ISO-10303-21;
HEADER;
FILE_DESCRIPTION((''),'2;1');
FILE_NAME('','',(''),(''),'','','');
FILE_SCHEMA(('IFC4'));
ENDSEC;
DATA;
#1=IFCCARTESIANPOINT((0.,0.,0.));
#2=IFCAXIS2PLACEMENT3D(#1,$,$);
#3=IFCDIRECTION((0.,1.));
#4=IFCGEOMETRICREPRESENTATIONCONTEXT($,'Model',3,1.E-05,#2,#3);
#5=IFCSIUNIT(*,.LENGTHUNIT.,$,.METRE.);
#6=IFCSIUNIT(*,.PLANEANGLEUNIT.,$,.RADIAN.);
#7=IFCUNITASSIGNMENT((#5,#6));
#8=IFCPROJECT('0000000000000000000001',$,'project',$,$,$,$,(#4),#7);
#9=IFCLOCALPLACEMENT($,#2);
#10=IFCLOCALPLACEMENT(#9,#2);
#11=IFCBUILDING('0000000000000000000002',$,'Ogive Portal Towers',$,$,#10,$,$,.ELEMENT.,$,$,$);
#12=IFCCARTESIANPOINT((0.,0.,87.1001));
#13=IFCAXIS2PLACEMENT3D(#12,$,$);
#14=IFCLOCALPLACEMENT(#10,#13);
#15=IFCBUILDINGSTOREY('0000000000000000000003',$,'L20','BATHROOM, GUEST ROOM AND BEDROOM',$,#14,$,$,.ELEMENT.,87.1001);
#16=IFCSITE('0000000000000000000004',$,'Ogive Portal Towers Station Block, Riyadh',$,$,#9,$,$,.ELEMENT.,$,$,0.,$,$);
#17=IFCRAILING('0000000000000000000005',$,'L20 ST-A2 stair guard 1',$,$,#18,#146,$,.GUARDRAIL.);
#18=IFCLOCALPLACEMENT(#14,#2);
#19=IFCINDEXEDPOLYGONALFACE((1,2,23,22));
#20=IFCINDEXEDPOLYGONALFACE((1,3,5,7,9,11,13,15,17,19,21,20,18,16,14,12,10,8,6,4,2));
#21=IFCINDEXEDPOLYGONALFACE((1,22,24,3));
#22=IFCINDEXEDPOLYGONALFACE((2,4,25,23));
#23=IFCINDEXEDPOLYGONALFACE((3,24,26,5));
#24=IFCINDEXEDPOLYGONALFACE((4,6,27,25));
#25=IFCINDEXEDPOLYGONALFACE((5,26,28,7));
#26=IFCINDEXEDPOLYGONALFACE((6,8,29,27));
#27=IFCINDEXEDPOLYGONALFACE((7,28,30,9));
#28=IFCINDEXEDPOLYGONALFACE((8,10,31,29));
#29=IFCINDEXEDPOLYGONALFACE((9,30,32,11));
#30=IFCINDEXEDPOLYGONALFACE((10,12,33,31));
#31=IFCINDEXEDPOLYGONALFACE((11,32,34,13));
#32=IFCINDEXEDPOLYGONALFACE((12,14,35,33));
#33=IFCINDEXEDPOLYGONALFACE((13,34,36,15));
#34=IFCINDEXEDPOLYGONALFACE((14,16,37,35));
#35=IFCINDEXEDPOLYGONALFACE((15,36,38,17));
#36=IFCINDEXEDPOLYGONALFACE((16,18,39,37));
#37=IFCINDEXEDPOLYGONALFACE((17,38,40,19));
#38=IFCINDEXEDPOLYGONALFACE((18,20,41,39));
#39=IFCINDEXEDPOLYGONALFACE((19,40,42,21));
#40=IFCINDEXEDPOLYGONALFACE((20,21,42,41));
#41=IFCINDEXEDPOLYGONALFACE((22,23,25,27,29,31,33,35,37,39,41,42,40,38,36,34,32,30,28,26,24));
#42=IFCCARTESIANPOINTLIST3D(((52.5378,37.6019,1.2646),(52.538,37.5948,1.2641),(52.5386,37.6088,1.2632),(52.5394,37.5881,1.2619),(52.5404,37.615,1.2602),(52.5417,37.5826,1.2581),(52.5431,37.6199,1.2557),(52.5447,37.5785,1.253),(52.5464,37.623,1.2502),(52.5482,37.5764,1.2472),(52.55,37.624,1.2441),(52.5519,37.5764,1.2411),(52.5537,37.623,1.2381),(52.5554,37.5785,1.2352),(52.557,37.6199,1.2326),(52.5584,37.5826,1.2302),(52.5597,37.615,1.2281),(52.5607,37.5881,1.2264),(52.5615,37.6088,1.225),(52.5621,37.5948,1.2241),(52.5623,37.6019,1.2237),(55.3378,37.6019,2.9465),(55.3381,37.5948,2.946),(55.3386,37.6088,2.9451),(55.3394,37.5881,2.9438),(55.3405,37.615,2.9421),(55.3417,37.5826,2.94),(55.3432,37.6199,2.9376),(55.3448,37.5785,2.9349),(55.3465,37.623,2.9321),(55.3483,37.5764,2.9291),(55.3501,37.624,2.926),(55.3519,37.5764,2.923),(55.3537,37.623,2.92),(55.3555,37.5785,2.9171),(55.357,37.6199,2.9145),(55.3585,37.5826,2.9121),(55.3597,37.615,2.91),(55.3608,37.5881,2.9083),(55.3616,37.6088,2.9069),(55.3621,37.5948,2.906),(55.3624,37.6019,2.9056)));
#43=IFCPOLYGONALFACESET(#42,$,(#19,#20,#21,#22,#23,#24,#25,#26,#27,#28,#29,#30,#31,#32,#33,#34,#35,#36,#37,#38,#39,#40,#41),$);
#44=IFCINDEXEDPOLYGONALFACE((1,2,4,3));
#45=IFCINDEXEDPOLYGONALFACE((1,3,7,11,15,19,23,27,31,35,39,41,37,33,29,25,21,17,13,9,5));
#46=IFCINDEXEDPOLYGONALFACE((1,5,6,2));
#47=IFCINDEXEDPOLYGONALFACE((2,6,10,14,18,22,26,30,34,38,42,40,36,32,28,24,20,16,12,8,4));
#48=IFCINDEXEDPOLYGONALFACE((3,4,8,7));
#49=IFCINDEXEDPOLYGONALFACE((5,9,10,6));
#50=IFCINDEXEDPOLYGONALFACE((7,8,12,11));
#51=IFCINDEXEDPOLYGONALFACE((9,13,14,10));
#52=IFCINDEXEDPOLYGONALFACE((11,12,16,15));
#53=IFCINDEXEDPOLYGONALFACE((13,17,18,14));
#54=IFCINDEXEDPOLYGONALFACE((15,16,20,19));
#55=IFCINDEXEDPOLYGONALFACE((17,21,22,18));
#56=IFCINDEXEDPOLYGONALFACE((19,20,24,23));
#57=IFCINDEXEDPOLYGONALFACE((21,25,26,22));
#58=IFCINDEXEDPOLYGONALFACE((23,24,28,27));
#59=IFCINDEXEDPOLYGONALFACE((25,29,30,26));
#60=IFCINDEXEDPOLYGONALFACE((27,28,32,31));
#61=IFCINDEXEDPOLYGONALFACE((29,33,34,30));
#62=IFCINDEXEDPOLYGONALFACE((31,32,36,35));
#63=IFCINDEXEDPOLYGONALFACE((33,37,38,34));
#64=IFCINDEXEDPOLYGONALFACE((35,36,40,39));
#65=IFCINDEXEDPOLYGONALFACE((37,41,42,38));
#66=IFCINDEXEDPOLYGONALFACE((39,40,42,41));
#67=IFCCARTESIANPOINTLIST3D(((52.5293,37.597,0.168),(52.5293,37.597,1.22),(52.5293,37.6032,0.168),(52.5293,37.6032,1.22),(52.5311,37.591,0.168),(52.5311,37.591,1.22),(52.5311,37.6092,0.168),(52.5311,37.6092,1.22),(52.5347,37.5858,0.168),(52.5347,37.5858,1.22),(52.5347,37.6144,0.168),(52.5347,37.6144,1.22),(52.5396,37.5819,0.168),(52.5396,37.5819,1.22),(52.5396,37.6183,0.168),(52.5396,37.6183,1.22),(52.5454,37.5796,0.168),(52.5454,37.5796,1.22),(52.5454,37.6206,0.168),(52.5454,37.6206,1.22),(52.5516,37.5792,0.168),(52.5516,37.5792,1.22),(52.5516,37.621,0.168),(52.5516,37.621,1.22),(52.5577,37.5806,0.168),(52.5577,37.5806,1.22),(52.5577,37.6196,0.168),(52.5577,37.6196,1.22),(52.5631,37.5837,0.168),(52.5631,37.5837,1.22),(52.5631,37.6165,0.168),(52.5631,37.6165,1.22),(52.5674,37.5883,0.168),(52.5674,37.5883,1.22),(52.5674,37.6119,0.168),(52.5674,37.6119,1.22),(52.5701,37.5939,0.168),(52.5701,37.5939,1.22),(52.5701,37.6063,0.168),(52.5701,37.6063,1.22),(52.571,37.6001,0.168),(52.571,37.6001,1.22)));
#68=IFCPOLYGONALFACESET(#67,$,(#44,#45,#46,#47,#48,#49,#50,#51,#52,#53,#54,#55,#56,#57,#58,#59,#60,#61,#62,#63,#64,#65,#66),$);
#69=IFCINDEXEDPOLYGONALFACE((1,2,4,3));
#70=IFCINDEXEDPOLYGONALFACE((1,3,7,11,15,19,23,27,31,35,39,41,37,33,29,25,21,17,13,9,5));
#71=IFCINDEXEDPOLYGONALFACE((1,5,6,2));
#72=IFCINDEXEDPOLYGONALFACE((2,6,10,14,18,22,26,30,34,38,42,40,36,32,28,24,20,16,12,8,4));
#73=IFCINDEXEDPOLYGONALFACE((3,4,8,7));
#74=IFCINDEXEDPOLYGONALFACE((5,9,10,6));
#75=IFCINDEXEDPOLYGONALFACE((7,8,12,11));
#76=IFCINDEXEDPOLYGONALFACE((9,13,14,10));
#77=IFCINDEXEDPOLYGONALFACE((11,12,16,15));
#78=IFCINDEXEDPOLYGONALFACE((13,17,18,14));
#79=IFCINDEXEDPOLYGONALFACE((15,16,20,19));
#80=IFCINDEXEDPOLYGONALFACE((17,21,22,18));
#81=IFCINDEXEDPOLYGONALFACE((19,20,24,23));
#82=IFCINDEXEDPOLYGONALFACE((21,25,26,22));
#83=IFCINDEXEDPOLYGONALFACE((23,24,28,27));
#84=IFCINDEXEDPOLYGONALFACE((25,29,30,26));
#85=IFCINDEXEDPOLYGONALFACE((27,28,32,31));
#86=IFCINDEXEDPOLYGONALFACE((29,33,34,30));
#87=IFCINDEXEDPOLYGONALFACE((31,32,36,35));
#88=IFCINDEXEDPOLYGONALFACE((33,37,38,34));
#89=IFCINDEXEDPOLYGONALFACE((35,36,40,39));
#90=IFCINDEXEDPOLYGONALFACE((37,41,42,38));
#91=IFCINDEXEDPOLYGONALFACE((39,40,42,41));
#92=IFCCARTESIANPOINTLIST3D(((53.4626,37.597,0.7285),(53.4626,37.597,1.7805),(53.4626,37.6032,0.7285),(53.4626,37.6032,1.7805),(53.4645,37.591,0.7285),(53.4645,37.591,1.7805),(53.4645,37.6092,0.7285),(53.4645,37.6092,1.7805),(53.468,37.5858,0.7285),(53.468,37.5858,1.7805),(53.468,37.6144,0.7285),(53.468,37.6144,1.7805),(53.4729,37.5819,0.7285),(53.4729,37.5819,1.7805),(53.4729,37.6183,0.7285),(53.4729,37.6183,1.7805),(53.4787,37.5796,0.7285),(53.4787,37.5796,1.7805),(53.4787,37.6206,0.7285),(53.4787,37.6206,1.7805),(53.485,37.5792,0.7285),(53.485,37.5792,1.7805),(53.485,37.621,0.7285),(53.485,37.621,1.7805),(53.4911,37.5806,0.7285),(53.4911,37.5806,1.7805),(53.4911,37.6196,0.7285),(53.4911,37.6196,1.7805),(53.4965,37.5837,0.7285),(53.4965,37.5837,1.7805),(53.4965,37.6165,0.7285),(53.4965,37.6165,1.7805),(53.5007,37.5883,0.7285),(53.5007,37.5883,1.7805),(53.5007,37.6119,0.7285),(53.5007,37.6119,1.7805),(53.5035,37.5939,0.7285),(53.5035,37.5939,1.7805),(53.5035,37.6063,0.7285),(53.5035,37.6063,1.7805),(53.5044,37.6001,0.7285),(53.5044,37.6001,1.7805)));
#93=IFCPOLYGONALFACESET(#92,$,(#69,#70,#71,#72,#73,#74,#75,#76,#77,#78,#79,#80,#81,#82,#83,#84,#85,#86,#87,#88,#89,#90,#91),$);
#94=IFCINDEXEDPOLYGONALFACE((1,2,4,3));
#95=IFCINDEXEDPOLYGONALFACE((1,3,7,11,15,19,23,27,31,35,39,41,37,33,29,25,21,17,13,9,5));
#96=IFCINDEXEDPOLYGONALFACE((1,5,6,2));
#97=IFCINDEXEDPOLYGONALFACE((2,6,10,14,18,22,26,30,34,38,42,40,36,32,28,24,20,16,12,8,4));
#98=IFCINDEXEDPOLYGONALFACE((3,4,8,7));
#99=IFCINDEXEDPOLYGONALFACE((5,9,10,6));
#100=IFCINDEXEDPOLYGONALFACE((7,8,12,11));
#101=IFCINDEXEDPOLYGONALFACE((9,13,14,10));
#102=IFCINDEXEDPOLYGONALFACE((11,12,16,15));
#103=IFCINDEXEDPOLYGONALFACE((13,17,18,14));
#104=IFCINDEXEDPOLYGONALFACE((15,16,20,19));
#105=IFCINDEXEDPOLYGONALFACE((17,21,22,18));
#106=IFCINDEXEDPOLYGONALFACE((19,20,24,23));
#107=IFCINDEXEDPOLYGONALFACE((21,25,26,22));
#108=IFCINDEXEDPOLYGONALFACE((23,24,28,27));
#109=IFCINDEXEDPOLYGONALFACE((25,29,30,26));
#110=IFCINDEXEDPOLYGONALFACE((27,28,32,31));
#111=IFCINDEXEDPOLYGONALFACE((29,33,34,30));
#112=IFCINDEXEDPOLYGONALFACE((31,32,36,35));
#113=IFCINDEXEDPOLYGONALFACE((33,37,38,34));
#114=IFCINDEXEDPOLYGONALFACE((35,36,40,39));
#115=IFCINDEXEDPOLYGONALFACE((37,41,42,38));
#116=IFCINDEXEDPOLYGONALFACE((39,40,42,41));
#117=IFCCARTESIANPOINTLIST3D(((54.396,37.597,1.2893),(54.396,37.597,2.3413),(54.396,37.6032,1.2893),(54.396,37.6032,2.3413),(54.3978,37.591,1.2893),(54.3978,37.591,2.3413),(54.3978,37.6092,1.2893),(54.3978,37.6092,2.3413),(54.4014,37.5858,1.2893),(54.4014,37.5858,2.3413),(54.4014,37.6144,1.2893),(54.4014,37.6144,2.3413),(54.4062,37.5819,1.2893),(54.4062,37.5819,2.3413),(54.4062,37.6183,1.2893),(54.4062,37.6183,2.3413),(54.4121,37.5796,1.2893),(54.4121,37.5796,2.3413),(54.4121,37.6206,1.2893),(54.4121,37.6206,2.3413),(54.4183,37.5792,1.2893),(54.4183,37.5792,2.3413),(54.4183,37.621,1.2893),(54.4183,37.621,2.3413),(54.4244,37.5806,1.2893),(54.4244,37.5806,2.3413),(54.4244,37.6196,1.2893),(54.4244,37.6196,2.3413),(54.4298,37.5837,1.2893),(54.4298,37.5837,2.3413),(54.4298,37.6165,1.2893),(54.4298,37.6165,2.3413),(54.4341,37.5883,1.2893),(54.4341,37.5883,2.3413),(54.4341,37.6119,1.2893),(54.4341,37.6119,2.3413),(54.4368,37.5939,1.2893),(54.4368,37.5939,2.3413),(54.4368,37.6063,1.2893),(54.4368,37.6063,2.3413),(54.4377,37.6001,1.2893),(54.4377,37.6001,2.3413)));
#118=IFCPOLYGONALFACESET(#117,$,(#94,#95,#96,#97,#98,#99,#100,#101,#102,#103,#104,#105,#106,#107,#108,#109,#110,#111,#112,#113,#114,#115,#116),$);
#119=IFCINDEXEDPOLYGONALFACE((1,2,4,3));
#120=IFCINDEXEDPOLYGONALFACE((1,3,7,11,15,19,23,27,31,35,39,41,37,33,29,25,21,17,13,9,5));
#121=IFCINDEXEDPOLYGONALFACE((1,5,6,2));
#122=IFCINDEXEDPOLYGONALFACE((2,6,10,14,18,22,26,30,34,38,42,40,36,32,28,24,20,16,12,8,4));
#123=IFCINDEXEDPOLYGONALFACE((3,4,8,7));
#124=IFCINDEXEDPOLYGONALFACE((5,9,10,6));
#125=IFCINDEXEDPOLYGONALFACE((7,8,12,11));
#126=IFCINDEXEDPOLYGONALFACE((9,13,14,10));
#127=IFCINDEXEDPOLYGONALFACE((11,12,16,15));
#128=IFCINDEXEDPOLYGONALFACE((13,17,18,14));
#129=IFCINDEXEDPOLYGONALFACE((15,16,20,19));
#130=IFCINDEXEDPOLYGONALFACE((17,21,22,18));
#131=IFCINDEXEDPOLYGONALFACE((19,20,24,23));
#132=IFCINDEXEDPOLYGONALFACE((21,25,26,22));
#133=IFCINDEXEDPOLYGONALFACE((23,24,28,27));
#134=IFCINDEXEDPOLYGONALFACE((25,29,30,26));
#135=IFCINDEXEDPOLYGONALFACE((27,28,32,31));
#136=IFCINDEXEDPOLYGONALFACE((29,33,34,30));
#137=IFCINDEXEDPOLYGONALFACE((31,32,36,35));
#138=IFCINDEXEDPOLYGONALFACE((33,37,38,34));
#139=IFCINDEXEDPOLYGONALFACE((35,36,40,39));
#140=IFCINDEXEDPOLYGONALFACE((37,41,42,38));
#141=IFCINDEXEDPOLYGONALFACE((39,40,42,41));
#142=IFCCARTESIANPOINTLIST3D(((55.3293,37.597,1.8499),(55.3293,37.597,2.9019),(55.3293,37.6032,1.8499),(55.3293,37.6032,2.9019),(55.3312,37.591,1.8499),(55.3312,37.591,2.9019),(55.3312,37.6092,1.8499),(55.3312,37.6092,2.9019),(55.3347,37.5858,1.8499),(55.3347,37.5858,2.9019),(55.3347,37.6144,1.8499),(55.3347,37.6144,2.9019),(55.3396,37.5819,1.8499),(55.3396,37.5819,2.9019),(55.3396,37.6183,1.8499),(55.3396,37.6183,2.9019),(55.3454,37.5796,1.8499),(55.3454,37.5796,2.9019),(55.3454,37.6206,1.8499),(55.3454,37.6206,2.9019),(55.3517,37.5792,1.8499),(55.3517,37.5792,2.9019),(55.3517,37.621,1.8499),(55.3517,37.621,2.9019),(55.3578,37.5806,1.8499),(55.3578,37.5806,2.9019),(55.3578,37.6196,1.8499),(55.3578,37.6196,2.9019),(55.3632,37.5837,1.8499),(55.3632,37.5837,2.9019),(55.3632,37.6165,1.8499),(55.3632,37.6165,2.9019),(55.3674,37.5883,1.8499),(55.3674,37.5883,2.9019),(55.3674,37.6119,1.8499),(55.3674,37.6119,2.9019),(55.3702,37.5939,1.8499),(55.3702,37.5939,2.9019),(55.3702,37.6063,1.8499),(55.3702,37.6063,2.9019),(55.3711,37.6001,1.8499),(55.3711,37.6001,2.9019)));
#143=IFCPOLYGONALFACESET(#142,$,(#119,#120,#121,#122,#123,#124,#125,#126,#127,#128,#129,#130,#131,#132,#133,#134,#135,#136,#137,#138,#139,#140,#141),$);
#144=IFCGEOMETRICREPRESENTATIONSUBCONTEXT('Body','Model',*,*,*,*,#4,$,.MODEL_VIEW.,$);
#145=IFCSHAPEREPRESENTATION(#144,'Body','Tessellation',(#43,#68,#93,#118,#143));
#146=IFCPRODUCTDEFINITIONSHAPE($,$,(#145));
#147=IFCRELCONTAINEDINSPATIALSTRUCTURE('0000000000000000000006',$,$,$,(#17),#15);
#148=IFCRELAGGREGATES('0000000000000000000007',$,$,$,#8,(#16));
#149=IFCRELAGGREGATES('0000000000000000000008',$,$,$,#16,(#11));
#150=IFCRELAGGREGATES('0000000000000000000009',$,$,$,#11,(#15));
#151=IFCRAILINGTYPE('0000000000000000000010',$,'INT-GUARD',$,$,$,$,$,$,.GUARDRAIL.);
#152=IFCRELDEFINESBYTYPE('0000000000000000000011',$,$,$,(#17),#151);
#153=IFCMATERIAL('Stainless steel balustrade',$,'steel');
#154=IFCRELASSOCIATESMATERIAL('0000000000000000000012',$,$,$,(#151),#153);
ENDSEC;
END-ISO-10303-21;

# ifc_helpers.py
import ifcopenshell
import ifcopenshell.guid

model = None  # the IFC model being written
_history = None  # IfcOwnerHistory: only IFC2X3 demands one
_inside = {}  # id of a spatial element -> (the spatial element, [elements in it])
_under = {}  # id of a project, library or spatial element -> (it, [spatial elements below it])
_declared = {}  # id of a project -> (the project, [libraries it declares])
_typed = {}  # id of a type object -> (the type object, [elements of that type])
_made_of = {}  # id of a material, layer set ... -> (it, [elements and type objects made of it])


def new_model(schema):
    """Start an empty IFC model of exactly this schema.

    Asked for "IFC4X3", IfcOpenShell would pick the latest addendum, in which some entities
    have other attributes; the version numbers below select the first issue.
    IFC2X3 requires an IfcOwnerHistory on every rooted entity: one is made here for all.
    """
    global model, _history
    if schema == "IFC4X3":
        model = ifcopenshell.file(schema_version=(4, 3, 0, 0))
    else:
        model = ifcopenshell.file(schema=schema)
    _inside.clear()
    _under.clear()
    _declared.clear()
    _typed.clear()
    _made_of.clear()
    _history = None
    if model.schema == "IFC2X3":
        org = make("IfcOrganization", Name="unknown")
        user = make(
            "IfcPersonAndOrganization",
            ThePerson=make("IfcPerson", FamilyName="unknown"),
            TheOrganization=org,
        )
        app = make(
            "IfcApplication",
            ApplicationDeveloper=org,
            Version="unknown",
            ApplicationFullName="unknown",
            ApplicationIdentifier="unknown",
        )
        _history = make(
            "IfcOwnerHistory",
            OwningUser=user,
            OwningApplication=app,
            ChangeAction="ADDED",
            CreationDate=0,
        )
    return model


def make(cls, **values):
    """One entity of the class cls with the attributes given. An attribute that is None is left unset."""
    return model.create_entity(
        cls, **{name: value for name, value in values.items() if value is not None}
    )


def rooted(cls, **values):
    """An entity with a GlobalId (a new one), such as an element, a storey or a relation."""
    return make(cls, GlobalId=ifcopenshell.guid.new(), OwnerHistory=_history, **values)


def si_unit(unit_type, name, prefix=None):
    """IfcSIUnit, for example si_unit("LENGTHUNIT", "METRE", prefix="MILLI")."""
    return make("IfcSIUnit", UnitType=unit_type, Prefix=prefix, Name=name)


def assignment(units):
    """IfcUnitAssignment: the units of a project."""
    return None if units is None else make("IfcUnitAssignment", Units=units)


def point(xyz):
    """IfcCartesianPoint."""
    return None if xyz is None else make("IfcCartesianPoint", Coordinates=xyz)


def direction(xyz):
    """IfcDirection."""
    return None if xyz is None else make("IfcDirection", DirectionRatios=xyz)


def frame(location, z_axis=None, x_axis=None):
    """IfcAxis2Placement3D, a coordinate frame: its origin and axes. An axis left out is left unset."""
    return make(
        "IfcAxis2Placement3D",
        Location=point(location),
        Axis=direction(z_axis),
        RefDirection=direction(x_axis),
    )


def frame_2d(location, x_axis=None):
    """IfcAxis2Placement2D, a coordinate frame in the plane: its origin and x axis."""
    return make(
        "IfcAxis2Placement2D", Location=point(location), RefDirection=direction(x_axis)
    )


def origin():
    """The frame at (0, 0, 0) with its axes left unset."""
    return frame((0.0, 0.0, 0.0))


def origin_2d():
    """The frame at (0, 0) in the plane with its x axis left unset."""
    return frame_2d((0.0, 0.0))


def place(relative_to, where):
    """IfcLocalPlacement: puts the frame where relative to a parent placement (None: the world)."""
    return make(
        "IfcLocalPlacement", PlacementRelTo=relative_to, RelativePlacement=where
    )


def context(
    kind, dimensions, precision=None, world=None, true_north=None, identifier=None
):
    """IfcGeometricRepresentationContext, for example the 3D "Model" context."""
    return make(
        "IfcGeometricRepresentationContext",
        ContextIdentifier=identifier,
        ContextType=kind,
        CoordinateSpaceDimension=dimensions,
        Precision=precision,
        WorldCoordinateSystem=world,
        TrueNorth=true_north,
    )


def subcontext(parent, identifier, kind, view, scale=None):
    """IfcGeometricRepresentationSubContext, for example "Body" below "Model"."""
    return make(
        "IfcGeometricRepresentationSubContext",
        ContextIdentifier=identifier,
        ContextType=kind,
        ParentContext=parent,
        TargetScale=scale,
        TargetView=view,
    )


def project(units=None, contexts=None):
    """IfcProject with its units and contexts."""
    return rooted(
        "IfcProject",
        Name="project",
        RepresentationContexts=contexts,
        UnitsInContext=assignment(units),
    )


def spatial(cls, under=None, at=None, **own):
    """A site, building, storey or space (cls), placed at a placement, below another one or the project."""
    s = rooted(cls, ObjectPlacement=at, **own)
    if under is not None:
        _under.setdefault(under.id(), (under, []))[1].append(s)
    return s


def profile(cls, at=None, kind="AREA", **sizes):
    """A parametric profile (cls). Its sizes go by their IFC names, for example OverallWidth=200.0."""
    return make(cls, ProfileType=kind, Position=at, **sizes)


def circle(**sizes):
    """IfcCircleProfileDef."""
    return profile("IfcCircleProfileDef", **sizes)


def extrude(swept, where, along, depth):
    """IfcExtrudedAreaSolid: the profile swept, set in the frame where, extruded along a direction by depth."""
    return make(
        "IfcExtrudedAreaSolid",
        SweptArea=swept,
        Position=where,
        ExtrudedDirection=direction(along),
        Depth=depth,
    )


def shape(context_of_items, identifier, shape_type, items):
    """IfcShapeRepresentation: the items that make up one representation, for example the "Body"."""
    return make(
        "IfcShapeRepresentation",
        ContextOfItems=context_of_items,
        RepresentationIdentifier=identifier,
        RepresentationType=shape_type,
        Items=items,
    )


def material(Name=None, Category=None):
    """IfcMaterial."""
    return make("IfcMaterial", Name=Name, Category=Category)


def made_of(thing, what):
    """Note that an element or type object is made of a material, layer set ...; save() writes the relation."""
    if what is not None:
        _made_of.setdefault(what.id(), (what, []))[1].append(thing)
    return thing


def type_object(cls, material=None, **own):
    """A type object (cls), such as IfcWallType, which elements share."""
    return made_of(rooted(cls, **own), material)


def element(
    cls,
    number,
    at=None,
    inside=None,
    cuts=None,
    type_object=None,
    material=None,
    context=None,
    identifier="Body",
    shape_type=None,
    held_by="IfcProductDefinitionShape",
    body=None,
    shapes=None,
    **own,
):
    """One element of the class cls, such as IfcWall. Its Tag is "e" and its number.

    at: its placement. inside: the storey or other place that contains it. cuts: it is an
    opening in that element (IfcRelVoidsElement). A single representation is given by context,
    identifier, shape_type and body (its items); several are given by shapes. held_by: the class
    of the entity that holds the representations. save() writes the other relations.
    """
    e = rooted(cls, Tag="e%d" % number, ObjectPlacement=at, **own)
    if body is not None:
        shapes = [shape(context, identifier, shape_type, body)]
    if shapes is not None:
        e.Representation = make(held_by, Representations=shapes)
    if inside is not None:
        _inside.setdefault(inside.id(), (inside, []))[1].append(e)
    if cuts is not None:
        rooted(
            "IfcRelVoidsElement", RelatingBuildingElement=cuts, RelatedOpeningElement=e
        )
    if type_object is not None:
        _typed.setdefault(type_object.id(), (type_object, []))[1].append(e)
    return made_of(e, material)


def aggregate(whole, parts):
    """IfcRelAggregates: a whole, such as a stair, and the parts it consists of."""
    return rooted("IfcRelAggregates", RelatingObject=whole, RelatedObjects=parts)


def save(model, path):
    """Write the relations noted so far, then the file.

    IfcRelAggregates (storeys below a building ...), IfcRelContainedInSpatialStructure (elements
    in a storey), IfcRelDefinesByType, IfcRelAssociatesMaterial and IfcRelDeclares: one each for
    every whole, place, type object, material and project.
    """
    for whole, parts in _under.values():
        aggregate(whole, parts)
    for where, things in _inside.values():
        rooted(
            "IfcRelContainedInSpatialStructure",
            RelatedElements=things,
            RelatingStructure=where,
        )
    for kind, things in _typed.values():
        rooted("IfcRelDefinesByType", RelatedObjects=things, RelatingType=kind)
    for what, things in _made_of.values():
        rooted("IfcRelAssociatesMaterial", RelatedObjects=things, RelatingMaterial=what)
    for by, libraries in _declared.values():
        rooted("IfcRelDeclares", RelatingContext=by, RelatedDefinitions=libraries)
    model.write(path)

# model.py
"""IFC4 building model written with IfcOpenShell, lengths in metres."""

from ifc_helpers import new_model, si_unit, direction, frame, origin, origin_2d, place, context, subcontext, project, spatial, circle, extrude, material, type_object, element, save


model = new_model("IFC4")

# Units and contexts
model_context = context("Model", 3, precision=1e-05, world=origin(), true_north=direction((0.0, 1.0)))
body_context = subcontext(model_context, "Body", "Model", "MODEL_VIEW")
ifc_project = project(units=[si_unit("LENGTHUNIT", "METRE"), si_unit("PLANEANGLEUNIT", "RADIAN")], contexts=[model_context])

# Site, building, storey
site_placement = place(None, origin())
site = spatial("IfcSite", under=ifc_project, at=site_placement, Name="Ogive Portal Towers Station Block, Riyadh", CompositionType="ELEMENT", RefElevation=0.0)
building_placement = place(site_placement, origin())
building = spatial("IfcBuilding", under=site, at=building_placement, Name="Ogive Portal Towers", CompositionType="ELEMENT")
storey_placement = place(building_placement, frame((0.0, 0.0, 87.1001)))
storey = spatial("IfcBuildingStorey", under=building, at=storey_placement, Name="L20", Description="BATHROOM, GUEST ROOM AND BEDROOM", CompositionType="ELEMENT", Elevation=87.1001)

# Railing
ifc_material_1 = material(Name="Stainless steel balustrade", Category="steel")
railing_type_1 = type_object("IfcRailingType", Name="INT-GUARD", PredefinedType="GUARDRAIL", material=ifc_material_1)
railing_1_placement = place(storey_placement, frame((52.55, 37.6001, 0.168)))
element("IfcRailing", 1, at=railing_1_placement, inside=storey, type_object=railing_type_1, Name="L20 ST-A2 stair guard 1", PredefinedType="GUARDRAIL", context=body_context, shape_type="SweptSolid", body=[
    extrude(circle(Radius=0.0239, at=origin_2d()), frame((0.0, 0.0, 1.0762), z_axis=(0.857242, 0.0, 0.514913), x_axis=(0.0, 1.0, 0.0)), (0.0, 0.0, 1.0), 3.2664),
    extrude(circle(Radius=0.021, at=origin_2d()), origin(), (0.0, 0.0, 1.0), 1.052),
    extrude(circle(Radius=0.021, at=origin_2d()), frame((0.9333, 0.0, 0.5605)), (0.0, 0.0, 1.0), 1.052),
    extrude(circle(Radius=0.021, at=origin_2d()), frame((1.8667, 0.0, 1.1213)), (0.0, 0.0, 1.0), 1.052),
    extrude(circle(Radius=0.021, at=origin_2d()), frame((2.8, 0.0, 1.6819)), (0.0, 0.0, 1.0), 1.052),
])

save(model, "model.ifc")
